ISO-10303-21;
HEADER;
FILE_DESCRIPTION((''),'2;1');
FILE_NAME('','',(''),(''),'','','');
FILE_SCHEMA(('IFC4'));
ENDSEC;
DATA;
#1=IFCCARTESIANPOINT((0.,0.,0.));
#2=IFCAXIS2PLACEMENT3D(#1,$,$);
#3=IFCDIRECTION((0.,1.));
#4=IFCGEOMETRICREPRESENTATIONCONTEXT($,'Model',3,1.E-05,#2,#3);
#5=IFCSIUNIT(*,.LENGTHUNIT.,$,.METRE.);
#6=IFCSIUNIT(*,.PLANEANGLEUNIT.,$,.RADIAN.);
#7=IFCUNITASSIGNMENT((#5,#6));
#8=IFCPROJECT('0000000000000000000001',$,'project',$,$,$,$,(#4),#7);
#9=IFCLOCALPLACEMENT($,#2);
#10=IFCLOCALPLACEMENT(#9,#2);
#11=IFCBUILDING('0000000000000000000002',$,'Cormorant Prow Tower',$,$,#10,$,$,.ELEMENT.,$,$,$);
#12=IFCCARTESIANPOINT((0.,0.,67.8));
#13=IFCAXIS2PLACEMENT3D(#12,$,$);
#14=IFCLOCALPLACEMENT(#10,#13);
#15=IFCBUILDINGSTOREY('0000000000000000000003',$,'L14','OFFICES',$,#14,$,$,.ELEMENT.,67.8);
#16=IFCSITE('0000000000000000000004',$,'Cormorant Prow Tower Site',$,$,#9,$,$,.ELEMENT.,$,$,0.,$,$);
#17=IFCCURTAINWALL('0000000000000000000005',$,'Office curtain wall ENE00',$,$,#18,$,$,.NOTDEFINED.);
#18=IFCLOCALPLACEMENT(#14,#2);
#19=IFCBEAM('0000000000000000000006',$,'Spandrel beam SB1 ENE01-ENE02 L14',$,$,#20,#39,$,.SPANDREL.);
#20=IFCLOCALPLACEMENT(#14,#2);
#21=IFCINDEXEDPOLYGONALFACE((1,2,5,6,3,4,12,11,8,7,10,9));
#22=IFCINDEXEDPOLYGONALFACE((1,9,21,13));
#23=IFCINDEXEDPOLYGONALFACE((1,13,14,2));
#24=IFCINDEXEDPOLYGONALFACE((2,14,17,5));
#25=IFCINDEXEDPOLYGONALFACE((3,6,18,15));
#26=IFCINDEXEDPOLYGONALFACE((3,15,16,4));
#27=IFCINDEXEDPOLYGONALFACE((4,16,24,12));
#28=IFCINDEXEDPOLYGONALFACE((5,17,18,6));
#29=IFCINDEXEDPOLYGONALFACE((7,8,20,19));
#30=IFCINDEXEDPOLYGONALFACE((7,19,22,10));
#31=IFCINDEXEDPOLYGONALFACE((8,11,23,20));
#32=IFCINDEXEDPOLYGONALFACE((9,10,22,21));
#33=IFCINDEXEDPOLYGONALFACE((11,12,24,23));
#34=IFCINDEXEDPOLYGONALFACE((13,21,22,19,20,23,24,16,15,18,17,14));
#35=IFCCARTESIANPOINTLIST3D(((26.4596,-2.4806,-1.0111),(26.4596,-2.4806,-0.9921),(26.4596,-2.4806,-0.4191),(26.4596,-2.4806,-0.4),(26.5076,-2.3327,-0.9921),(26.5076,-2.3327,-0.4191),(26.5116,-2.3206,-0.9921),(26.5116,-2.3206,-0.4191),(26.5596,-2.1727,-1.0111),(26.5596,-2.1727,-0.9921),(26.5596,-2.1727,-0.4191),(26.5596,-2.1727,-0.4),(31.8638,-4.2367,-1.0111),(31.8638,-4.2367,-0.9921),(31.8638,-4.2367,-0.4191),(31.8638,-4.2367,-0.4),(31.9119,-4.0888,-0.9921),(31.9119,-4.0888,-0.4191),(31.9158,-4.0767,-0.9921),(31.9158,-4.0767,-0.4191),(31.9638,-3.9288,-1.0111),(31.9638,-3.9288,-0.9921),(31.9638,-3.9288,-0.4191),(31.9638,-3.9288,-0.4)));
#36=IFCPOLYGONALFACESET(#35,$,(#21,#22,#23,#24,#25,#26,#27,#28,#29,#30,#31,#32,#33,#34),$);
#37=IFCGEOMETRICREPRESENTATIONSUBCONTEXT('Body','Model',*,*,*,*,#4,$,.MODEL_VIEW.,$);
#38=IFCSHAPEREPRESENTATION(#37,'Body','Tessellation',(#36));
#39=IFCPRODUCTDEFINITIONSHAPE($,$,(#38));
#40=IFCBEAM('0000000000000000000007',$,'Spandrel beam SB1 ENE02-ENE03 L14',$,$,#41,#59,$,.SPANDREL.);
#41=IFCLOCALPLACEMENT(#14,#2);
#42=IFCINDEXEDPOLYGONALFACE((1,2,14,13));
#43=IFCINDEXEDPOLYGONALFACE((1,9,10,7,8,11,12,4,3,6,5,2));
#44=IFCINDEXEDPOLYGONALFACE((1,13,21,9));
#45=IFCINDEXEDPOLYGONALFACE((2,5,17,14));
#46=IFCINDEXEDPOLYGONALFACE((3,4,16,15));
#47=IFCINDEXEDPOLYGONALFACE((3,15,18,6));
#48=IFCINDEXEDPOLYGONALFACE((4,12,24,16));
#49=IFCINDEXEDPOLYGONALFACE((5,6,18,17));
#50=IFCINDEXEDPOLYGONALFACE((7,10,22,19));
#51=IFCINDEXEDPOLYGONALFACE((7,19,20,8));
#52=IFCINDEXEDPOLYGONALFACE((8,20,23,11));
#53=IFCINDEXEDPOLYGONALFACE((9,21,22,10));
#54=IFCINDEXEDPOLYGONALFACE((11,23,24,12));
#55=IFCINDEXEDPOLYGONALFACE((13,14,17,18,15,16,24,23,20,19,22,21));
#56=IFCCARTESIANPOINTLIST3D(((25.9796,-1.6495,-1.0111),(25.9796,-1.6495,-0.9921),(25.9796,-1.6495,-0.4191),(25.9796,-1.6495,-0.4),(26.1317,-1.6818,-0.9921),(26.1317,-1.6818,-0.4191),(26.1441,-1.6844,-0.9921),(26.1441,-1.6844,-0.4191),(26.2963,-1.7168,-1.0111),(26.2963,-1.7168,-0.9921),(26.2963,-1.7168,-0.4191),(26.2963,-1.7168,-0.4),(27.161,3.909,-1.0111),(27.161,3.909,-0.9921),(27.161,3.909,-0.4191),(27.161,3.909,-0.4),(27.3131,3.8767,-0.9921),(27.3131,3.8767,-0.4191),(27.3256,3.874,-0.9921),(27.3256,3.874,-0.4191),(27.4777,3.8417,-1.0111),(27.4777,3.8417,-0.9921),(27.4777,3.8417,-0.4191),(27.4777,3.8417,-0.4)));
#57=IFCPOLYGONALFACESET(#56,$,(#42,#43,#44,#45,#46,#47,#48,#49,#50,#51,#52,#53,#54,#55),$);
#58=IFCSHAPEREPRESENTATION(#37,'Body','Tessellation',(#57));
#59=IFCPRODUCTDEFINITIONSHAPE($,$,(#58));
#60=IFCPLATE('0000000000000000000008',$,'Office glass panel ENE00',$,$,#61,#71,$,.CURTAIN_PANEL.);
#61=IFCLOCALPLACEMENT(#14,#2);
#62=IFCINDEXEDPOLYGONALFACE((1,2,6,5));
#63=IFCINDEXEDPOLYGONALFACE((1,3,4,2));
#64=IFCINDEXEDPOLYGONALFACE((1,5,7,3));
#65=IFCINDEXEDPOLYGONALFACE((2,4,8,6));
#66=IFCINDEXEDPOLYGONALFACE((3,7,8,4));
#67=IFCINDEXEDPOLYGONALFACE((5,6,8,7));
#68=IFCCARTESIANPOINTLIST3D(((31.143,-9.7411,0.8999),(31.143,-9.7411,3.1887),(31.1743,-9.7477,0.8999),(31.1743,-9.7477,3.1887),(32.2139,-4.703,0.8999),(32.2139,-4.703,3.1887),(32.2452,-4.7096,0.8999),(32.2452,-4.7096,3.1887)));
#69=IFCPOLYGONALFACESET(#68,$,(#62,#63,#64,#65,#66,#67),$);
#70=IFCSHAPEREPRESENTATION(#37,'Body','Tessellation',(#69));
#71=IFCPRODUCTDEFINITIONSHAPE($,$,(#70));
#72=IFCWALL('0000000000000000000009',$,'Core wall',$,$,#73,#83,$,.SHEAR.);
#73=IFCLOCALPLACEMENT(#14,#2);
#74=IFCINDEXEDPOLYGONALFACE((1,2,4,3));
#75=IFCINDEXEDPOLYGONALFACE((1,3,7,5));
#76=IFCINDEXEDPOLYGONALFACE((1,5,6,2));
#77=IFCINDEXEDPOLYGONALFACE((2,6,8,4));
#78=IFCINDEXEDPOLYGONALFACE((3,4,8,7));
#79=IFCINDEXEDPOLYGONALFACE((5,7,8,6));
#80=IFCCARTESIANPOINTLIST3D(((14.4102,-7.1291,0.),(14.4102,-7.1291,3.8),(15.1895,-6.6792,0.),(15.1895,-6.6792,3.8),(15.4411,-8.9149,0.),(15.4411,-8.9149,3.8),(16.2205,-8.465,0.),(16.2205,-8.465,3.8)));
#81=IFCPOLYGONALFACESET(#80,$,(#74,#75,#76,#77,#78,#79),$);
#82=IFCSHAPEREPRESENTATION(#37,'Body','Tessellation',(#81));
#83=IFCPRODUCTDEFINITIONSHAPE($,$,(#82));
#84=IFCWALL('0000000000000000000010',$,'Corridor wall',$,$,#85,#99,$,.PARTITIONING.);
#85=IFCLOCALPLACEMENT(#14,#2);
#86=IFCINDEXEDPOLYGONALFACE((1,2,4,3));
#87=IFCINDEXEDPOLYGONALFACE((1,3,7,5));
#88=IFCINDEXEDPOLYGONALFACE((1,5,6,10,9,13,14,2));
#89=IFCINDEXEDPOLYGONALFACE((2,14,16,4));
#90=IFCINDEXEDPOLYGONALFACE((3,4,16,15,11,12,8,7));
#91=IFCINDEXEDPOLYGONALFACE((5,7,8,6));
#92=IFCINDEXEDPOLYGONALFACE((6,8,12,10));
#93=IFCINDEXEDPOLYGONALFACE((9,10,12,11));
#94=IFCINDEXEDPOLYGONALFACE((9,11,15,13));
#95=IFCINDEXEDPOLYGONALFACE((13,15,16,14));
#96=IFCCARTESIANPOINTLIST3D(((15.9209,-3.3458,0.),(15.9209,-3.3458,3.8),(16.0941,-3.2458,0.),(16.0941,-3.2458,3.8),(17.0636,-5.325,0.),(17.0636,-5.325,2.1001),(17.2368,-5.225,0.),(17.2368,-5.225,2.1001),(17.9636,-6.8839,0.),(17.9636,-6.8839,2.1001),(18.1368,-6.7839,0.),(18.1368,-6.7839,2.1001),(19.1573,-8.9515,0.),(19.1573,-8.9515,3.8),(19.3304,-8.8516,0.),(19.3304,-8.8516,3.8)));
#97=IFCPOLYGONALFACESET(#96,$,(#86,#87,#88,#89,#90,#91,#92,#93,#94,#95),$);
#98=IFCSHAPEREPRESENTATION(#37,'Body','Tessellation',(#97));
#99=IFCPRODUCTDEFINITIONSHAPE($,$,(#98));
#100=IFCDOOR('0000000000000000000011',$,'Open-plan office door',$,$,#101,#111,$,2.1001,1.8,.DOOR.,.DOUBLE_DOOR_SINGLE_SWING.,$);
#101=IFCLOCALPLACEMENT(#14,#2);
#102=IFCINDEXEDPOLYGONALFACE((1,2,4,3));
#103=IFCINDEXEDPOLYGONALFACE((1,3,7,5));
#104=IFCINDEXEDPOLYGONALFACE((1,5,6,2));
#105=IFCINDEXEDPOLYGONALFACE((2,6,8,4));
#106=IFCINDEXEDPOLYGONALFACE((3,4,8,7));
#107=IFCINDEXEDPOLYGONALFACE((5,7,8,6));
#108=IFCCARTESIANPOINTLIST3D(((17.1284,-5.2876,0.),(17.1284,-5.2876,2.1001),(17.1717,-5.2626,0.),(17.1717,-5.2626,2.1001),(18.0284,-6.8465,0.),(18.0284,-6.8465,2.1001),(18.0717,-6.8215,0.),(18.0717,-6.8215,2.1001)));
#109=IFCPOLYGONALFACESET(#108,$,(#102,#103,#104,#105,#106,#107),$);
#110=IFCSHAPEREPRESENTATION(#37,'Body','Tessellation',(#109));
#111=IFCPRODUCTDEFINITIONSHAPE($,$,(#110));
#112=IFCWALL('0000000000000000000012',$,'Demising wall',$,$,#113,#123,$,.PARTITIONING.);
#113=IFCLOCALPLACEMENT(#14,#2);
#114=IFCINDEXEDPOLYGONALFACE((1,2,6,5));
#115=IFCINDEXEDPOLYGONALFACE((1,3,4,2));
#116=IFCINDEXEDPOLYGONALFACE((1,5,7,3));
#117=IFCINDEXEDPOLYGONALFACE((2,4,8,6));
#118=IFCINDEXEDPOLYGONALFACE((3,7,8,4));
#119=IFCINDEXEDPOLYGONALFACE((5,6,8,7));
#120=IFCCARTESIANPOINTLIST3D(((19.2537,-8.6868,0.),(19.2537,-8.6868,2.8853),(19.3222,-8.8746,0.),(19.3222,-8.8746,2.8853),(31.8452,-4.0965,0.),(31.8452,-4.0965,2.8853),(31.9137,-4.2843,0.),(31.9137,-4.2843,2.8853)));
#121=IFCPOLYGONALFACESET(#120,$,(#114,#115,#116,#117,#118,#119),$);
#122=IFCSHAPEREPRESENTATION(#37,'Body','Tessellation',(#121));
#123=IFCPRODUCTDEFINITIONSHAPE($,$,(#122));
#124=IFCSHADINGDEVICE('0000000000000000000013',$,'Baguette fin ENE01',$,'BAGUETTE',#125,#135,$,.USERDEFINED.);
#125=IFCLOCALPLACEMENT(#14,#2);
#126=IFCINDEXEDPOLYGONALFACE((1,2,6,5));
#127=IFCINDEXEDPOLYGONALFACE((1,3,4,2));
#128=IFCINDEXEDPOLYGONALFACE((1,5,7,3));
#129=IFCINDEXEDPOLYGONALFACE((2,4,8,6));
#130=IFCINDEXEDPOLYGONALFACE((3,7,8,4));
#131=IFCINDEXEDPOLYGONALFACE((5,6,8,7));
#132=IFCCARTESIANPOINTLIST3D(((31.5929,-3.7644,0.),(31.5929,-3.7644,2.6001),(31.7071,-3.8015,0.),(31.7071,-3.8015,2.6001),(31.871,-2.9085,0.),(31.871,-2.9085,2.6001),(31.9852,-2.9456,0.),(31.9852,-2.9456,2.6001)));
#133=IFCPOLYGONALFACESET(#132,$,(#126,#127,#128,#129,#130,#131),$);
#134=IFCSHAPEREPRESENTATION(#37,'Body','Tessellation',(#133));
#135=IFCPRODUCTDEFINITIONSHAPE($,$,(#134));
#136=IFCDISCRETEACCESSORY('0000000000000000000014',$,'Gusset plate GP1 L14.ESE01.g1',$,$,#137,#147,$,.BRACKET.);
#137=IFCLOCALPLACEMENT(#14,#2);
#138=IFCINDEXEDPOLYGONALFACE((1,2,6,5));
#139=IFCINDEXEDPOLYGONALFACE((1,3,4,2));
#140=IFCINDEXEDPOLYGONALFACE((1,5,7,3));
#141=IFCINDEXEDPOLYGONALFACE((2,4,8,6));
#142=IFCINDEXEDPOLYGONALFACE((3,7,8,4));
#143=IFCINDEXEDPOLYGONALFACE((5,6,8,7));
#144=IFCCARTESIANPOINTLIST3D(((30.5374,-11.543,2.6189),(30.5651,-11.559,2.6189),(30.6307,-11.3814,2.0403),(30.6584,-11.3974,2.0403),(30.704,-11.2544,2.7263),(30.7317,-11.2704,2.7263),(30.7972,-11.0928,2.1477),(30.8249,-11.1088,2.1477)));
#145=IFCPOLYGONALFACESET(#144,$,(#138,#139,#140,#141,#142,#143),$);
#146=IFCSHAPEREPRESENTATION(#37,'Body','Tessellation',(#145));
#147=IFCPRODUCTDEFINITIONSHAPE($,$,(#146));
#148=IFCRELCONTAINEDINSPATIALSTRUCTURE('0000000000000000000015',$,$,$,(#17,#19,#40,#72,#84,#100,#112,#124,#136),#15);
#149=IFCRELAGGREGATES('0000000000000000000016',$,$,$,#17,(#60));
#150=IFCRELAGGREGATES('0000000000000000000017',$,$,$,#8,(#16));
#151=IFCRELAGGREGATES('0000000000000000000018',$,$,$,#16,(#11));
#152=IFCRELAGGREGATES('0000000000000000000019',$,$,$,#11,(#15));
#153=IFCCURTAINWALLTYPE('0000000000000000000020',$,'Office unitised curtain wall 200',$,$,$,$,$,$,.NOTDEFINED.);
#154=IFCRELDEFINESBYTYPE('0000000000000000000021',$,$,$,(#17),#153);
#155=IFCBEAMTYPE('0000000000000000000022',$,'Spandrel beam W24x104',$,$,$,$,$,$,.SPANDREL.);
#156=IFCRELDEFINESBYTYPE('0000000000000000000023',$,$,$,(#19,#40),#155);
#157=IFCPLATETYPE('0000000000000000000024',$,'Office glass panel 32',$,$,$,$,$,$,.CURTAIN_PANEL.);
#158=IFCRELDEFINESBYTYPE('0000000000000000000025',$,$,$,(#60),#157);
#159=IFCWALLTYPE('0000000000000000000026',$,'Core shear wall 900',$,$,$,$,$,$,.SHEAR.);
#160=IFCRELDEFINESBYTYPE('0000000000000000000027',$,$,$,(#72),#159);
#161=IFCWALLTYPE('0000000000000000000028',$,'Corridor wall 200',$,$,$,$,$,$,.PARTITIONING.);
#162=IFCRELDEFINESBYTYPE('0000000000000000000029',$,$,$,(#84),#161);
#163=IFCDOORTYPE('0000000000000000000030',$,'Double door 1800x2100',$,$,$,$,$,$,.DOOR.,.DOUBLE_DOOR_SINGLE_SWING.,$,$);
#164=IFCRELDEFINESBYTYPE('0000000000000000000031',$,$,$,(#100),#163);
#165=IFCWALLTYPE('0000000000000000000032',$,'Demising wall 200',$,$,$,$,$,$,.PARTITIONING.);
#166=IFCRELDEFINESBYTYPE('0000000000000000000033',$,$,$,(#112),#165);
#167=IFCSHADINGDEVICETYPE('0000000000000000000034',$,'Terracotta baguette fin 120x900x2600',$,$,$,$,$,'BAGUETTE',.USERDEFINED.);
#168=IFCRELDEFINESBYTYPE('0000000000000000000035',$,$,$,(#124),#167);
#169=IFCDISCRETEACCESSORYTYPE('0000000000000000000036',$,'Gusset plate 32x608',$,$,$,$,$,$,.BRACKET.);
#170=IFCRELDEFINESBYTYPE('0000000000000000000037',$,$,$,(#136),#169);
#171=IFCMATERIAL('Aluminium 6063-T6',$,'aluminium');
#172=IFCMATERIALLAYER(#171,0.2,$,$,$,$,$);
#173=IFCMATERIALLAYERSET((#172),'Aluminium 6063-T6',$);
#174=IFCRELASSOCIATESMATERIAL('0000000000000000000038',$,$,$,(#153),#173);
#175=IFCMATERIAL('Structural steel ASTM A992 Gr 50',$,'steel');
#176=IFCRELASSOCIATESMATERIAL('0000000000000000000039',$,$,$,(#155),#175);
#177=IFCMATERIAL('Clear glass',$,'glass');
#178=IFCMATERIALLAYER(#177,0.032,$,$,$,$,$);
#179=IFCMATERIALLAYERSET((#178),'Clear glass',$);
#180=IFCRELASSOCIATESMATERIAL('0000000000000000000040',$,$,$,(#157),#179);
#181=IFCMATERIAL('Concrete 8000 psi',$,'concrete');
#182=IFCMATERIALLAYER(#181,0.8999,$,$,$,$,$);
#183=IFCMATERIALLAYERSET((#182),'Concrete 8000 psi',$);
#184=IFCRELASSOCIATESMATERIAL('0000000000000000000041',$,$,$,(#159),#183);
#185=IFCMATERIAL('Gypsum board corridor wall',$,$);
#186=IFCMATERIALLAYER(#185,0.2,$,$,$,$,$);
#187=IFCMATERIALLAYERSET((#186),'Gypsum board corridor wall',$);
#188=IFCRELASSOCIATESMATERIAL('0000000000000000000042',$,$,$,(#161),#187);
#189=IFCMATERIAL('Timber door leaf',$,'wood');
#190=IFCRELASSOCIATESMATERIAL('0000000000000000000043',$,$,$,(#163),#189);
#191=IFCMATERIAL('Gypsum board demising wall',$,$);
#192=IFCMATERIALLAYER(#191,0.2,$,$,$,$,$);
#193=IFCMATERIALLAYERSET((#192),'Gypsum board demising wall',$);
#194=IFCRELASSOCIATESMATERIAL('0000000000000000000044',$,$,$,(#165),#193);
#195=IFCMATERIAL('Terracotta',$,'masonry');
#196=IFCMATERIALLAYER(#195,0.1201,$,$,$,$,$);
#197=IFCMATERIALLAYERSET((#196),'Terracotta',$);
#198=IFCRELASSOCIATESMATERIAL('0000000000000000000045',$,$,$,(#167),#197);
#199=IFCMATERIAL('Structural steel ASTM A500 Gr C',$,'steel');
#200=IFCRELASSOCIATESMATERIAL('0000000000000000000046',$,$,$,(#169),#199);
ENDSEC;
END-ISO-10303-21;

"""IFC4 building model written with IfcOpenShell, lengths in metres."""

from ifc_helpers import new_model, si_unit, direction, frame, frame_2d, origin, origin_2d, place, context, subcontext, project, spatial, rectangle, i_section, extrude, material, layer, layer_set, material_profile, profile_set, type_object, element, fill, aggregate, save


model = new_model("IFC4")

# Units and contexts
model_context = context("Model", 3, precision=1e-05, world=origin(), true_north=direction((0.0, 1.0)))
body_context = subcontext(model_context, "Body", "Model", "MODEL_VIEW")
ifc_project = project(units=[si_unit("LENGTHUNIT", "METRE"), si_unit("PLANEANGLEUNIT", "RADIAN")], contexts=[model_context])

# Site, building, storey
site_placement = place(None, origin())
site = spatial("IfcSite", under=ifc_project, at=site_placement, Name="Cormorant Prow Tower Site", CompositionType="ELEMENT", RefElevation=0.0)
building_placement = place(site_placement, origin())
building = spatial("IfcBuilding", under=site, at=building_placement, Name="Cormorant Prow Tower", CompositionType="ELEMENT")
storey_placement = place(building_placement, frame((0.0, 0.0, 67.8)))
storey = spatial("IfcBuildingStorey", under=building, at=storey_placement, Name="L14", Description="OFFICES", CompositionType="ELEMENT", Elevation=67.8)

# Curtain wall
ifc_material_1 = material(Name="Aluminium 6063-T6", Category="aluminium")
ifc_layer_1 = layer(ifc_material_1, 0.2)
ifc_layer_set_1 = layer_set([ifc_layer_1], Name="Aluminium 6063-T6")
curtain_wall_type = type_object("IfcCurtainWallType", Name="Office unitised curtain wall 200", PredefinedType="NOTDEFINED", material=ifc_layer_set_1)
curtain_wall_1_placement = place(storey_placement, origin())
curtain_wall_1 = element("IfcCurtainWall", 1, at=curtain_wall_1_placement, inside=storey, type_object=curtain_wall_type, Name="Office curtain wall ENE00", PredefinedType="NOTDEFINED")

# Beams
ifc_material_2 = material(Name="Structural steel ASTM A992 Gr 50", Category="steel")
ifc_material_profile_1 = material_profile(ifc_material_2, i_section(OverallWidth=0.3237, OverallDepth=0.6111, WebThickness=0.0127, FlangeThickness=0.019, at=origin_2d()), Name="W24x104")
ifc_profile_set_1 = profile_set([ifc_material_profile_1], Name="Structural steel ASTM A992 Gr 50")
beam_type_1 = type_object("IfcBeamType", Name="Spandrel beam W24x104", PredefinedType="SPANDREL", material=ifc_profile_set_1)
beam_1_placement = place(storey_placement, frame((31.9138, -4.0828, -0.7056), z_axis=(-0.951049, 0.309039, 0.0), x_axis=(-0.309039, -0.951049, 0.0)))
element("IfcBeam", 2, at=beam_1_placement, inside=storey, type_object=beam_type_1, Name="Spandrel beam SB1 ENE01-ENE02 L14", PredefinedType="SPANDREL", context=body_context, shape_type="SweptSolid", body=[
    extrude(i_section(OverallWidth=0.3237, OverallDepth=0.6111, WebThickness=0.0127, FlangeThickness=0.019, at=origin_2d()), origin(), (0.0, 0.0, 1.0), 5.6824),
])
beam_2_placement = place(storey_placement, frame((26.1379, -1.6831, -0.7056), z_axis=(0.2079, 0.97815, 0.0), x_axis=(-0.97815, 0.2079, 0.0)))
element("IfcBeam", 3, at=beam_2_placement, inside=storey, type_object=beam_type_1, Name="Spandrel beam SB1 ENE02-ENE03 L14", PredefinedType="SPANDREL", context=body_context, shape_type="SweptSolid", body=[
    extrude(i_section(OverallWidth=0.3237, OverallDepth=0.6111, WebThickness=0.0127, FlangeThickness=0.019, at=origin_2d()), origin(), (0.0, 0.0, 1.0), 5.6826),
])

# Plate
ifc_material_3 = material(Name="Clear glass", Category="glass")
ifc_layer_2 = layer(ifc_material_3, 0.032)
ifc_layer_set_2 = layer_set([ifc_layer_2], Name="Clear glass")
plate_type = type_object("IfcPlateType", Name="Office glass panel 32", PredefinedType="CURTAIN_PANEL", material=ifc_layer_set_2)
plate_placement = place(storey_placement, frame((31.6941, -7.2253, 0.8999), z_axis=(0.0, 0.0, 1.0), x_axis=(0.207912, 0.978148, 0.0)))
plate = element("IfcPlate", 4, at=plate_placement, type_object=plate_type, Name="Office glass panel ENE00", PredefinedType="CURTAIN_PANEL", context=body_context, shape_type="SweptSolid", body=[
    extrude(rectangle(XDim=5.1506, YDim=0.032, at=origin_2d()), origin(), (0.0, 0.0, 1.0), 2.2888),
])
aggregate(curtain_wall_1, [plate])

# Wall
ifc_material_4 = material(Name="Concrete 8000 psi", Category="concrete")
ifc_layer_3 = layer(ifc_material_4, 0.8999)
ifc_layer_set_3 = layer_set([ifc_layer_3], Name="Concrete 8000 psi")
wall_type_1 = type_object("IfcWallType", Name="Core shear wall 900", PredefinedType="SHEAR", material=ifc_layer_set_3)
wall_1_placement = place(storey_placement, frame((15.8308, -8.6899, 0.0), z_axis=(0.0, 0.0, 1.0), x_axis=(-0.499972, 0.866042, 0.0)))
element("IfcWall", 5, at=wall_1_placement, inside=storey, type_object=wall_type_1, Name="Core wall", PredefinedType="SHEAR", context=body_context, shape_type="SweptSolid", body=[
    extrude(rectangle(XDim=2.062, YDim=0.8999, at=frame_2d((1.031, 0.0))), origin(), (0.0, 0.0, 1.0), 3.8),
])

# Wall, opening, door
ifc_material_5 = material(Name="Gypsum board corridor wall")
ifc_layer_4 = layer(ifc_material_5, 0.2)
ifc_layer_set_4 = layer_set([ifc_layer_4], Name="Gypsum board corridor wall")
wall_type_2 = type_object("IfcWallType", Name="Corridor wall 200", PredefinedType="PARTITIONING", material=ifc_layer_set_4)
wall_2_placement = place(storey_placement, frame((16.0076, -3.2959, 0.0), z_axis=(0.0, 0.0, 1.0), x_axis=(0.499985, -0.866034, 0.0)))
wall_2 = element("IfcWall", 6, at=wall_2_placement, inside=storey, type_object=wall_type_2, Name="Corridor wall", PredefinedType="PARTITIONING", context=body_context, shape_type="SweptSolid", body=[
    extrude(rectangle(XDim=6.4729, YDim=0.2, at=frame_2d((3.2363, 0.0))), origin(), (0.0, 0.0, 1.0), 3.8),
])
opening_1_placement = place(wall_2_placement, frame((2.2854, 0.0, 0.0)))
opening_1 = element("IfcOpeningElement", 7, at=opening_1_placement, cuts=wall_2, PredefinedType="OPENING", context=body_context, shape_type="SweptSolid", body=[
    extrude(rectangle(XDim=1.8, YDim=2.1001, at=frame_2d((0.8999, 1.05))), frame((0.0, 0.1099, 0.0), z_axis=(0.0, -1.0, 0.0), x_axis=(1.0, 0.0, 0.0)), (0.0, 0.0, 1.0), 0.22),
])
ifc_material_6 = material(Name="Timber door leaf", Category="wood")
door_type_1 = type_object("IfcDoorType", Name="Double door 1800x2100", OperationType="DOUBLE_DOOR_SINGLE_SWING", PredefinedType="DOOR", material=ifc_material_6)
door_1_placement = place(opening_1_placement, origin())
door_1 = element("IfcDoor", 8, at=door_1_placement, inside=storey, type_object=door_type_1, Name="Open-plan office door", OperationType="DOUBLE_DOOR_SINGLE_SWING", OverallHeight=2.1001, OverallWidth=1.8, PredefinedType="DOOR", context=body_context, shape_type="SweptSolid", body=[
    extrude(rectangle(XDim=1.8, YDim=2.1001, at=frame_2d((0.8999, 1.05))), frame((0.0, 0.0249, 0.0), z_axis=(0.0, -1.0, 0.0), x_axis=(1.0, 0.0, 0.0)), (0.0, 0.0, 1.0), 0.05),
])
fill(opening_1, door_1)

# Wall
ifc_material_7 = material(Name="Gypsum board demising wall")
ifc_layer_5 = layer(ifc_material_7, 0.2)
ifc_layer_set_5 = layer_set([ifc_layer_5], Name="Gypsum board demising wall")
wall_type_3 = type_object("IfcWallType", Name="Demising wall 200", PredefinedType="PARTITIONING", material=ifc_layer_set_5)
wall_3_placement = place(storey_placement, frame((19.2878, -8.7808, 0.0), z_axis=(0.0, 0.0, 1.0), x_axis=(0.939515, 0.342506, 0.0)))
element("IfcWall", 9, at=wall_3_placement, inside=storey, type_object=wall_type_3, Name="Demising wall", PredefinedType="PARTITIONING", context=body_context, shape_type="SweptSolid", body=[
    extrude(rectangle(XDim=13.4021, YDim=0.2, at=frame_2d((6.7012, 0.0))), origin(), (0.0, 0.0, 1.0), 2.8853),
])

# Shading device
ifc_material_8 = material(Name="Terracotta", Category="masonry")
ifc_layer_6 = layer(ifc_material_8, 0.1201)
ifc_layer_set_6 = layer_set([ifc_layer_6], Name="Terracotta")
shading_device_type = type_object("IfcShadingDeviceType", Name="Terracotta baguette fin 120x900x2600", ElementType="BAGUETTE", PredefinedType="USERDEFINED", material=ifc_layer_set_6)
shading_device_placement = place(storey_placement, frame((31.7891, -3.355, 0.0), z_axis=(0.0, 0.0, 1.0), x_axis=(-0.951057, 0.309017, 0.0)))
element("IfcShadingDevice", 10, at=shading_device_placement, inside=storey, type_object=shading_device_type, Name="Baguette fin ENE01", ObjectType="BAGUETTE", PredefinedType="USERDEFINED", context=body_context, shape_type="SweptSolid", body=[
    extrude(rectangle(XDim=0.1201, YDim=0.8999, at=origin_2d()), origin(), (0.0, 0.0, 1.0), 2.6001),
])

# Discrete accessory
ifc_material_9 = material(Name="Structural steel ASTM A500 Gr C", Category="steel")
ifc_material_profile_2 = material_profile(ifc_material_9, rectangle(XDim=0.032, YDim=0.6079, at=origin_2d()), Name="Gusset plate 32x608")
ifc_profile_set_2 = profile_set([ifc_material_profile_2], Name="Structural steel ASTM A500 Gr C")
discrete_accessory_type = type_object("IfcDiscreteAccessoryType", Name="Gusset plate 32x608", PredefinedType="BRACKET", material=ifc_profile_set_2)
discrete_accessory_placement = place(storey_placement, frame((30.5979, -11.4702, 2.3296), z_axis=(0.475652, 0.82437, 0.306872), x_axis=(-0.866161, 0.499765, 0.0)))
element("IfcDiscreteAccessory", 11, at=discrete_accessory_placement, inside=storey, type_object=discrete_accessory_type, Name="Gusset plate GP1 L14.ESE01.g1", PredefinedType="BRACKET", context=body_context, shape_type="SweptSolid", body=[
    extrude(rectangle(XDim=0.032, YDim=0.6079, at=origin_2d()), origin(), (0.0, 0.0, 1.0), 0.3501),
])

save(model, "model.ifc")
